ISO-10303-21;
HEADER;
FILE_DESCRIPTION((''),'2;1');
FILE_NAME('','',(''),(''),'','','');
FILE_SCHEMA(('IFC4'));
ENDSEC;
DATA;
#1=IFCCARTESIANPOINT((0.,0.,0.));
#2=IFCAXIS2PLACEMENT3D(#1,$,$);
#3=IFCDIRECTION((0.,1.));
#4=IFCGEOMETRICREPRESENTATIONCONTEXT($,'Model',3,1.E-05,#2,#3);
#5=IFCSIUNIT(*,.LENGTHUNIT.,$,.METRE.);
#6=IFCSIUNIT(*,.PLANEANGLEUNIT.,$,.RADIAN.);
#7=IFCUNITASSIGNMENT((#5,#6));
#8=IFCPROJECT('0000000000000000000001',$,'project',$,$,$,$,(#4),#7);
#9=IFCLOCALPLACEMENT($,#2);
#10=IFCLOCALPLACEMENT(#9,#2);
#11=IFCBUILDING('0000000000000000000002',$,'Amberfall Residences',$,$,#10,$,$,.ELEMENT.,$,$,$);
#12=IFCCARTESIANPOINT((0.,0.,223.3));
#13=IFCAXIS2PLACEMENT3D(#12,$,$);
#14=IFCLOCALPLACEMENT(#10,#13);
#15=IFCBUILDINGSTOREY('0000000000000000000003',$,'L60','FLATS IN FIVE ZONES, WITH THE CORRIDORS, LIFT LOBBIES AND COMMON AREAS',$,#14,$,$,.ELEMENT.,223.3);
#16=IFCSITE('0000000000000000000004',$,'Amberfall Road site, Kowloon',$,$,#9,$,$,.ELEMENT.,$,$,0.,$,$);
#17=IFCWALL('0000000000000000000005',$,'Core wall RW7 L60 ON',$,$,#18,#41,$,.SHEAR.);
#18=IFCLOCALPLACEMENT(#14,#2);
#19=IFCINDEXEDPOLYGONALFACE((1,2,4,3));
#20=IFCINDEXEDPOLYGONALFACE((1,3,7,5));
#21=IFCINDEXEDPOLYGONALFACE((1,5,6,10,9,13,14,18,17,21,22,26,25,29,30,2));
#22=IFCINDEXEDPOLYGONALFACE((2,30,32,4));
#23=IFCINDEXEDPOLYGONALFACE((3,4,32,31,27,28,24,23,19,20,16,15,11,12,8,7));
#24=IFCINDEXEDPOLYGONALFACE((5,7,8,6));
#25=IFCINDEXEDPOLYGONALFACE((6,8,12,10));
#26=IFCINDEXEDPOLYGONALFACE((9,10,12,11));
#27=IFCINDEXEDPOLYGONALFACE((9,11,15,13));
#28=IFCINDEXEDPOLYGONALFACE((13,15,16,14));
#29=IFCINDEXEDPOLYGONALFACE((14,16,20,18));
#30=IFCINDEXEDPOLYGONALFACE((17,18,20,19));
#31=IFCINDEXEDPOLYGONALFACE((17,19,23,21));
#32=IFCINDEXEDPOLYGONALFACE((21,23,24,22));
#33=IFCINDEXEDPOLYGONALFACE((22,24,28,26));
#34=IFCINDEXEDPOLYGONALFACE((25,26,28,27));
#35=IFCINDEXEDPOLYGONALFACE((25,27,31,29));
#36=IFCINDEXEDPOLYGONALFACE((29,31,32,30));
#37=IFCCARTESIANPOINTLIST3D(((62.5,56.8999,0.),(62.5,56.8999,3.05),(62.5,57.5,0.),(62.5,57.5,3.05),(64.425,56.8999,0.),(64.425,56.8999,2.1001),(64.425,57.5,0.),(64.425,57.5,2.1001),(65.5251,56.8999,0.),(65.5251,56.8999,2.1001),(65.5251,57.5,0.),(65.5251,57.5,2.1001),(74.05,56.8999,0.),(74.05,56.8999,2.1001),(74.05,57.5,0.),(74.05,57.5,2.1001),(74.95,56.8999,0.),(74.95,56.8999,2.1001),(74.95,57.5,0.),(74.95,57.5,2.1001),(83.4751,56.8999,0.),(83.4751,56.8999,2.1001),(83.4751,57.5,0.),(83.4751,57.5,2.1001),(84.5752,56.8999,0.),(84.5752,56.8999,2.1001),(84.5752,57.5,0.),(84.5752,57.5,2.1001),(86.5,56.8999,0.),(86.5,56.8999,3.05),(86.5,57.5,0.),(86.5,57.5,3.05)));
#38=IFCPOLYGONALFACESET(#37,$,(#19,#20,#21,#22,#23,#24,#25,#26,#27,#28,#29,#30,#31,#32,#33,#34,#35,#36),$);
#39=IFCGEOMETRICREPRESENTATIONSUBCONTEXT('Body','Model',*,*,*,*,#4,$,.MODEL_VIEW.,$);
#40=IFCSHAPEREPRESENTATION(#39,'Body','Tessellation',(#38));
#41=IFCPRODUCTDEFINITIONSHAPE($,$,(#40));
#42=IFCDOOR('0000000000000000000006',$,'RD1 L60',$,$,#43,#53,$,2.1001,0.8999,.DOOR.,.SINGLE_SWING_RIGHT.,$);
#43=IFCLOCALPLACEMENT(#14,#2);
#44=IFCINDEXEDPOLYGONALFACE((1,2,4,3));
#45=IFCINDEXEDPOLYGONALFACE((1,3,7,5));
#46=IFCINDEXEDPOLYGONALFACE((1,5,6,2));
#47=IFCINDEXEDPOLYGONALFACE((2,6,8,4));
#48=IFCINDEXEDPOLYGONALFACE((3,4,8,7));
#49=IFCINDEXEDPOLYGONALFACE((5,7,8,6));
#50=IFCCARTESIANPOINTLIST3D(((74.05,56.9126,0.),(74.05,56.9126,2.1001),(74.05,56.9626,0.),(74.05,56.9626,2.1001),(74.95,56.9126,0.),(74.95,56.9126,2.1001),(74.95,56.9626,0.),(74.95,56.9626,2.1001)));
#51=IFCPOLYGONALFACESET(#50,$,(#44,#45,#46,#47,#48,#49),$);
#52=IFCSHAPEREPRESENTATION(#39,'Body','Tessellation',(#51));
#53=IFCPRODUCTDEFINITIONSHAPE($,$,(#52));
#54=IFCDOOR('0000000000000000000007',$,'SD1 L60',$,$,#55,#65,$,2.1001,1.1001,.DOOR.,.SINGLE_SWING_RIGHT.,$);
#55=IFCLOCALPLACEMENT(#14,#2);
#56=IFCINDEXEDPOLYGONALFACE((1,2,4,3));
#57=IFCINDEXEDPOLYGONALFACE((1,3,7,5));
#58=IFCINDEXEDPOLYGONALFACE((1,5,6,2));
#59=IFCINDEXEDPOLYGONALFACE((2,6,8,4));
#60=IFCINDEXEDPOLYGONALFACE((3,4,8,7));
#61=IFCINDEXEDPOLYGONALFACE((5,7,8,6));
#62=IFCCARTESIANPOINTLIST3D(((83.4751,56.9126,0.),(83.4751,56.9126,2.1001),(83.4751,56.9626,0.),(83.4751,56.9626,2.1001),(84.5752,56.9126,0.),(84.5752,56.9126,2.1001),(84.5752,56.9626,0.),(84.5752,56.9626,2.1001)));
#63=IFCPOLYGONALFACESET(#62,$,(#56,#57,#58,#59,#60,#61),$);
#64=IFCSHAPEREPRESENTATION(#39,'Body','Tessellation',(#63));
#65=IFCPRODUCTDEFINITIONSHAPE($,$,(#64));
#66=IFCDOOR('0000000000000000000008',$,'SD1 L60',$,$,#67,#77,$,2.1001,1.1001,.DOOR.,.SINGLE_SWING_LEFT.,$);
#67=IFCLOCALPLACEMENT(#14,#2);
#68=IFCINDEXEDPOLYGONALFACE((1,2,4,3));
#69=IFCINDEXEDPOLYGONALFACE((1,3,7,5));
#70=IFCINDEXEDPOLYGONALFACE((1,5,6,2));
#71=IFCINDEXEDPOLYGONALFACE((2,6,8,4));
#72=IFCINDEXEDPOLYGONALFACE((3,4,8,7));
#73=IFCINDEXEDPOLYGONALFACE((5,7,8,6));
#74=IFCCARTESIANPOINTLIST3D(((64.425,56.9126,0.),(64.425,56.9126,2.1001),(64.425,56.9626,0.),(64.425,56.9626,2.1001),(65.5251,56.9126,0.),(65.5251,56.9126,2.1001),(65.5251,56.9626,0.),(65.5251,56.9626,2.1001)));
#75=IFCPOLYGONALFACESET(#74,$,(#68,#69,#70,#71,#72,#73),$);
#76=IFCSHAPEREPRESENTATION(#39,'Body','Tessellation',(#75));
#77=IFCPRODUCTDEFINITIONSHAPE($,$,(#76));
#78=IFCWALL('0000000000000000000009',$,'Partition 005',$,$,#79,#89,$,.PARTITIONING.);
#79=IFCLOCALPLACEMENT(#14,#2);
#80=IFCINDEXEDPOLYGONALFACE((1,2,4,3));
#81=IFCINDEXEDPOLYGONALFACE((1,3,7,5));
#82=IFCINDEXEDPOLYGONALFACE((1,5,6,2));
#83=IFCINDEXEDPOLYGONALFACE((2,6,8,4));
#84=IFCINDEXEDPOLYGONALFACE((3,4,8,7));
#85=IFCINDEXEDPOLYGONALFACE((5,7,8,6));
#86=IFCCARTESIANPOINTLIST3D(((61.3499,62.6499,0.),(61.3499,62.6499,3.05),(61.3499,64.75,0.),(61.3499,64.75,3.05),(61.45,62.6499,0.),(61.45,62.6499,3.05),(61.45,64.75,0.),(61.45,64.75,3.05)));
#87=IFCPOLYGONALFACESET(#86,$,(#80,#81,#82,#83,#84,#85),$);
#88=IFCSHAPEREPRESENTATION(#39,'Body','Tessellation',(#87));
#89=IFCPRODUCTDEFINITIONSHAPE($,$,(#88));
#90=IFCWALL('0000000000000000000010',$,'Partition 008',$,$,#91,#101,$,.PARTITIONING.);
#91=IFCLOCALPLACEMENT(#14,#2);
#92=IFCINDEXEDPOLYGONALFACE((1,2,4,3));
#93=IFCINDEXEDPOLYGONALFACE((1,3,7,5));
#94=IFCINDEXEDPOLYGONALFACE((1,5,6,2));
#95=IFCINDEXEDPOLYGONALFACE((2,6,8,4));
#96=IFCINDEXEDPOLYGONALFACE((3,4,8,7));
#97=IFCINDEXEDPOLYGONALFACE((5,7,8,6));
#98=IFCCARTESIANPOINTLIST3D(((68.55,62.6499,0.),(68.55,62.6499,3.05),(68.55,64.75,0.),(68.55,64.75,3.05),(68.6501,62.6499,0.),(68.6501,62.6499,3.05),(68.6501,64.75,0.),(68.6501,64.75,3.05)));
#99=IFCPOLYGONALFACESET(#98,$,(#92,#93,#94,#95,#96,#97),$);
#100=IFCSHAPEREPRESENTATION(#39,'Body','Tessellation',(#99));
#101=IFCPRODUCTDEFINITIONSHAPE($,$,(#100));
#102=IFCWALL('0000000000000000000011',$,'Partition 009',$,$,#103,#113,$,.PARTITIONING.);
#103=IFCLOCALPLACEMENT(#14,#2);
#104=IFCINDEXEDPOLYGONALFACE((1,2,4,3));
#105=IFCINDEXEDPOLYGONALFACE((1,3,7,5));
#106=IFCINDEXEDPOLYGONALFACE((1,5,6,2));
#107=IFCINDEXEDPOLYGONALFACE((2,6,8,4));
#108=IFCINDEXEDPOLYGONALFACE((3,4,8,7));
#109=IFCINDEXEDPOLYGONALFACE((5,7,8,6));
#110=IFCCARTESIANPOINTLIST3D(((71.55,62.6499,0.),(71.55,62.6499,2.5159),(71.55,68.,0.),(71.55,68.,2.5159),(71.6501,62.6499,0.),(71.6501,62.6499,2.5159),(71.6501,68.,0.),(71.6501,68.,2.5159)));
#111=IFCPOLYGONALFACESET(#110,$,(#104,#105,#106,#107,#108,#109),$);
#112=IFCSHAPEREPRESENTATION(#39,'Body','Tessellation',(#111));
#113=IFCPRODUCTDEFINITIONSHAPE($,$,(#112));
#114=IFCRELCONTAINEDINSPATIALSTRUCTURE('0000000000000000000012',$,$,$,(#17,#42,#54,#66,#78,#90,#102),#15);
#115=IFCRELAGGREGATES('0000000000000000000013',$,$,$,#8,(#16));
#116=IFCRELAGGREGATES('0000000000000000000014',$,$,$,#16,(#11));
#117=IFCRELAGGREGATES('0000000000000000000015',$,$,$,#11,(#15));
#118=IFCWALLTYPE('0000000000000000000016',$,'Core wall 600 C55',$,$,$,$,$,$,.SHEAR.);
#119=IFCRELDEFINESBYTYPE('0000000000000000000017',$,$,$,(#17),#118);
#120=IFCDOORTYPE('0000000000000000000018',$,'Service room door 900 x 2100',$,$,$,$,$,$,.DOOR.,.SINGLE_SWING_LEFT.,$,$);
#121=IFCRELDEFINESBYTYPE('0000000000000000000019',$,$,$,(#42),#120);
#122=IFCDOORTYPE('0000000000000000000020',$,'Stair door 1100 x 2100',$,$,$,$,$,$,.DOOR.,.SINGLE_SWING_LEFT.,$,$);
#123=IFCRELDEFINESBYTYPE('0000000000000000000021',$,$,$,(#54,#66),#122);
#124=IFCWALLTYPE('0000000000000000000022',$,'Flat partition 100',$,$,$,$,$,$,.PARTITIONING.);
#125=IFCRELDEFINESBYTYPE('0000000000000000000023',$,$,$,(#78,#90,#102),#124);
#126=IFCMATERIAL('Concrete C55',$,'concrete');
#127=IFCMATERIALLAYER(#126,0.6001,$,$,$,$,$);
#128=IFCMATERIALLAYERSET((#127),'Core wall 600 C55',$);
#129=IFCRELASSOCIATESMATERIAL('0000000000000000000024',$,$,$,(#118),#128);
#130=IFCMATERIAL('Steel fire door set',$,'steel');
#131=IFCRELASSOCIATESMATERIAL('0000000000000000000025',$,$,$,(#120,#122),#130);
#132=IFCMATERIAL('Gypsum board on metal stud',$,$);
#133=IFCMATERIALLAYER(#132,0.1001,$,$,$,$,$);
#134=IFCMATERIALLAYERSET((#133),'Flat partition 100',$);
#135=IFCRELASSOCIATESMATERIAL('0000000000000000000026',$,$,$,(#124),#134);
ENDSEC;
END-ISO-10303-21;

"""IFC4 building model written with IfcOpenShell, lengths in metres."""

from ifc_helpers import new_model, si_unit, direction, frame, frame_2d, origin, place, context, subcontext, project, spatial, rectangle, extrude, material, layer, layer_set, type_object, element, fill, save


model = new_model("IFC4")

# Units and contexts
model_context = context("Model", 3, precision=1e-05, world=origin(), true_north=direction((0.0, 1.0)))
body_context = subcontext(model_context, "Body", "Model", "MODEL_VIEW")
ifc_project = project(units=[si_unit("LENGTHUNIT", "METRE"), si_unit("PLANEANGLEUNIT", "RADIAN")], contexts=[model_context])

# Site, building, storey
site_placement = place(None, origin())
site = spatial("IfcSite", under=ifc_project, at=site_placement, Name="Amberfall Road site, Kowloon", CompositionType="ELEMENT", RefElevation=0.0)
building_placement = place(site_placement, origin())
building = spatial("IfcBuilding", under=site, at=building_placement, Name="Amberfall Residences", CompositionType="ELEMENT")
storey_placement = place(building_placement, frame((0.0, 0.0, 223.3)))
storey = spatial("IfcBuildingStorey", under=building, at=storey_placement, Name="L60", Description="FLATS IN FIVE ZONES, WITH THE CORRIDORS, LIFT LOBBIES AND COMMON AREAS", CompositionType="ELEMENT", Elevation=223.3)

# Wall, openings, doors
ifc_material_1 = material(Name="Concrete C55", Category="concrete")
ifc_layer_1 = layer(ifc_material_1, 0.6001)
ifc_layer_set_1 = layer_set([ifc_layer_1], Name="Core wall 600 C55")
wall_type_1 = type_object("IfcWallType", Name="Core wall 600 C55", PredefinedType="SHEAR", material=ifc_layer_set_1)
wall_1_placement = place(storey_placement, frame((62.5, 57.2, 0.0), z_axis=(0.0, 0.0, 1.0), x_axis=(1.0, 0.0, 0.0)))
wall_1 = element("IfcWall", 1, at=wall_1_placement, inside=storey, type_object=wall_type_1, Name="Core wall RW7 L60 ON", PredefinedType="SHEAR", context=body_context, shape_type="SweptSolid", body=[
    extrude(rectangle(XDim=24.0, YDim=0.6001, at=frame_2d((12.0, 0.0))), origin(), (0.0, 0.0, 1.0), 3.05),
])
opening_1_placement = place(wall_1_placement, frame((20.9751, 0.0, 0.0)))
opening_1 = element("IfcOpeningElement", 2, at=opening_1_placement, cuts=wall_1, PredefinedType="OPENING", context=body_context, shape_type="SweptSolid", body=[
    extrude(rectangle(XDim=1.1001, YDim=2.1001, at=frame_2d((0.55, 1.05))), frame((0.0, 0.3101, 0.0), z_axis=(0.0, -1.0, 0.0), x_axis=(1.0, 0.0, 0.0)), (0.0, 0.0, 1.0), 0.6201),
])
opening_2_placement = place(wall_1_placement, frame((1.925, 0.0, 0.0)))
opening_2 = element("IfcOpeningElement", 3, at=opening_2_placement, cuts=wall_1, PredefinedType="OPENING", context=body_context, shape_type="SweptSolid", body=[
    extrude(rectangle(XDim=1.1001, YDim=2.1001, at=frame_2d((0.55, 1.05))), frame((0.0, 0.3101, 0.0), z_axis=(0.0, -1.0, 0.0), x_axis=(1.0, 0.0, 0.0)), (0.0, 0.0, 1.0), 0.6201),
])
opening_3_placement = place(wall_1_placement, frame((11.55, 0.0, 0.0)))
opening_3 = element("IfcOpeningElement", 4, at=opening_3_placement, cuts=wall_1, PredefinedType="OPENING", context=body_context, shape_type="SweptSolid", body=[
    extrude(rectangle(XDim=0.8999, YDim=2.1001, at=frame_2d((0.45, 1.05))), frame((0.0, 0.3101, 0.0), z_axis=(0.0, -1.0, 0.0), x_axis=(1.0, 0.0, 0.0)), (0.0, 0.0, 1.0), 0.6201),
])
ifc_material_2 = material(Name="Steel fire door set", Category="steel")
door_type_1 = type_object("IfcDoorType", Name="Service room door 900 x 2100", OperationType="SINGLE_SWING_LEFT", PredefinedType="DOOR", material=ifc_material_2)
door_1_placement = place(opening_3_placement, origin())
door_1 = element("IfcDoor", 5, at=door_1_placement, inside=storey, type_object=door_type_1, Name="RD1 L60", OperationType="SINGLE_SWING_RIGHT", OverallHeight=2.1001, OverallWidth=0.8999, PredefinedType="DOOR", context=body_context, shape_type="SweptSolid", body=[
    extrude(rectangle(XDim=0.8999, YDim=2.1001, at=frame_2d((0.45, 1.05))), frame((0.0, -0.2373, 0.0), z_axis=(0.0, -1.0, 0.0), x_axis=(1.0, 0.0, 0.0)), (0.0, 0.0, 1.0), 0.05),
])
fill(opening_3, door_1)
door_type_2 = type_object("IfcDoorType", Name="Stair door 1100 x 2100", OperationType="SINGLE_SWING_LEFT", PredefinedType="DOOR", material=ifc_material_2)
door_2_placement = place(opening_1_placement, origin())
door_2 = element("IfcDoor", 6, at=door_2_placement, inside=storey, type_object=door_type_2, Name="SD1 L60", OperationType="SINGLE_SWING_RIGHT", OverallHeight=2.1001, OverallWidth=1.1001, PredefinedType="DOOR", context=body_context, shape_type="SweptSolid", body=[
    extrude(rectangle(XDim=1.1001, YDim=2.1001, at=frame_2d((0.55, 1.05))), frame((0.0, -0.2373, 0.0), z_axis=(0.0, -1.0, 0.0), x_axis=(1.0, 0.0, 0.0)), (0.0, 0.0, 1.0), 0.05),
])
fill(opening_1, door_2)
door_3_placement = place(opening_2_placement, origin())
door_3 = element("IfcDoor", 7, at=door_3_placement, inside=storey, type_object=door_type_2, Name="SD1 L60", OperationType="SINGLE_SWING_LEFT", OverallHeight=2.1001, OverallWidth=1.1001, PredefinedType="DOOR", context=body_context, shape_type="SweptSolid", body=[
    extrude(rectangle(XDim=1.1001, YDim=2.1001, at=frame_2d((0.55, 1.05))), frame((0.0, -0.2373, 0.0), z_axis=(0.0, -1.0, 0.0), x_axis=(1.0, 0.0, 0.0)), (0.0, 0.0, 1.0), 0.05),
])
fill(opening_2, door_3)

# Walls
ifc_material_3 = material(Name="Gypsum board on metal stud")
ifc_layer_2 = layer(ifc_material_3, 0.1001)
ifc_layer_set_2 = layer_set([ifc_layer_2], Name="Flat partition 100")
wall_type_2 = type_object("IfcWallType", Name="Flat partition 100", PredefinedType="PARTITIONING", material=ifc_layer_set_2)
for number, where, z_axis, x_axis, name in (
    (8, (61.3999, 62.6499, 0.0), (0.0, 0.0, 1.0), (0.0, 1.0, 0.0), "Partition 005"),
    (9, (68.6001, 62.6499, 0.0), (0.0, 0.0, 1.0), (0.0, 1.0, 0.0), "Partition 008"),
):
    element("IfcWall", number, at=place(storey_placement, frame(where, z_axis=z_axis, x_axis=x_axis)), inside=storey, type_object=wall_type_2, Name=name, PredefinedType="PARTITIONING", context=body_context, shape_type="SweptSolid", body=[
        extrude(rectangle(XDim=2.1001, YDim=0.1001, at=frame_2d((1.05, 0.0))), origin(), (0.0, 0.0, 1.0), 3.05),
    ])
wall_2_placement = place(storey_placement, frame((71.6001, 62.6499, 0.0), z_axis=(0.0, 0.0, 1.0), x_axis=(0.0, 1.0, 0.0)))
element("IfcWall", 10, at=wall_2_placement, inside=storey, type_object=wall_type_2, Name="Partition 009", PredefinedType="PARTITIONING", context=body_context, shape_type="SweptSolid", body=[
    extrude(rectangle(XDim=5.3501, YDim=0.1001, at=frame_2d((2.675, 0.0))), origin(), (0.0, 0.0, 1.0), 2.5159),
])

save(model, "model.ifc")
